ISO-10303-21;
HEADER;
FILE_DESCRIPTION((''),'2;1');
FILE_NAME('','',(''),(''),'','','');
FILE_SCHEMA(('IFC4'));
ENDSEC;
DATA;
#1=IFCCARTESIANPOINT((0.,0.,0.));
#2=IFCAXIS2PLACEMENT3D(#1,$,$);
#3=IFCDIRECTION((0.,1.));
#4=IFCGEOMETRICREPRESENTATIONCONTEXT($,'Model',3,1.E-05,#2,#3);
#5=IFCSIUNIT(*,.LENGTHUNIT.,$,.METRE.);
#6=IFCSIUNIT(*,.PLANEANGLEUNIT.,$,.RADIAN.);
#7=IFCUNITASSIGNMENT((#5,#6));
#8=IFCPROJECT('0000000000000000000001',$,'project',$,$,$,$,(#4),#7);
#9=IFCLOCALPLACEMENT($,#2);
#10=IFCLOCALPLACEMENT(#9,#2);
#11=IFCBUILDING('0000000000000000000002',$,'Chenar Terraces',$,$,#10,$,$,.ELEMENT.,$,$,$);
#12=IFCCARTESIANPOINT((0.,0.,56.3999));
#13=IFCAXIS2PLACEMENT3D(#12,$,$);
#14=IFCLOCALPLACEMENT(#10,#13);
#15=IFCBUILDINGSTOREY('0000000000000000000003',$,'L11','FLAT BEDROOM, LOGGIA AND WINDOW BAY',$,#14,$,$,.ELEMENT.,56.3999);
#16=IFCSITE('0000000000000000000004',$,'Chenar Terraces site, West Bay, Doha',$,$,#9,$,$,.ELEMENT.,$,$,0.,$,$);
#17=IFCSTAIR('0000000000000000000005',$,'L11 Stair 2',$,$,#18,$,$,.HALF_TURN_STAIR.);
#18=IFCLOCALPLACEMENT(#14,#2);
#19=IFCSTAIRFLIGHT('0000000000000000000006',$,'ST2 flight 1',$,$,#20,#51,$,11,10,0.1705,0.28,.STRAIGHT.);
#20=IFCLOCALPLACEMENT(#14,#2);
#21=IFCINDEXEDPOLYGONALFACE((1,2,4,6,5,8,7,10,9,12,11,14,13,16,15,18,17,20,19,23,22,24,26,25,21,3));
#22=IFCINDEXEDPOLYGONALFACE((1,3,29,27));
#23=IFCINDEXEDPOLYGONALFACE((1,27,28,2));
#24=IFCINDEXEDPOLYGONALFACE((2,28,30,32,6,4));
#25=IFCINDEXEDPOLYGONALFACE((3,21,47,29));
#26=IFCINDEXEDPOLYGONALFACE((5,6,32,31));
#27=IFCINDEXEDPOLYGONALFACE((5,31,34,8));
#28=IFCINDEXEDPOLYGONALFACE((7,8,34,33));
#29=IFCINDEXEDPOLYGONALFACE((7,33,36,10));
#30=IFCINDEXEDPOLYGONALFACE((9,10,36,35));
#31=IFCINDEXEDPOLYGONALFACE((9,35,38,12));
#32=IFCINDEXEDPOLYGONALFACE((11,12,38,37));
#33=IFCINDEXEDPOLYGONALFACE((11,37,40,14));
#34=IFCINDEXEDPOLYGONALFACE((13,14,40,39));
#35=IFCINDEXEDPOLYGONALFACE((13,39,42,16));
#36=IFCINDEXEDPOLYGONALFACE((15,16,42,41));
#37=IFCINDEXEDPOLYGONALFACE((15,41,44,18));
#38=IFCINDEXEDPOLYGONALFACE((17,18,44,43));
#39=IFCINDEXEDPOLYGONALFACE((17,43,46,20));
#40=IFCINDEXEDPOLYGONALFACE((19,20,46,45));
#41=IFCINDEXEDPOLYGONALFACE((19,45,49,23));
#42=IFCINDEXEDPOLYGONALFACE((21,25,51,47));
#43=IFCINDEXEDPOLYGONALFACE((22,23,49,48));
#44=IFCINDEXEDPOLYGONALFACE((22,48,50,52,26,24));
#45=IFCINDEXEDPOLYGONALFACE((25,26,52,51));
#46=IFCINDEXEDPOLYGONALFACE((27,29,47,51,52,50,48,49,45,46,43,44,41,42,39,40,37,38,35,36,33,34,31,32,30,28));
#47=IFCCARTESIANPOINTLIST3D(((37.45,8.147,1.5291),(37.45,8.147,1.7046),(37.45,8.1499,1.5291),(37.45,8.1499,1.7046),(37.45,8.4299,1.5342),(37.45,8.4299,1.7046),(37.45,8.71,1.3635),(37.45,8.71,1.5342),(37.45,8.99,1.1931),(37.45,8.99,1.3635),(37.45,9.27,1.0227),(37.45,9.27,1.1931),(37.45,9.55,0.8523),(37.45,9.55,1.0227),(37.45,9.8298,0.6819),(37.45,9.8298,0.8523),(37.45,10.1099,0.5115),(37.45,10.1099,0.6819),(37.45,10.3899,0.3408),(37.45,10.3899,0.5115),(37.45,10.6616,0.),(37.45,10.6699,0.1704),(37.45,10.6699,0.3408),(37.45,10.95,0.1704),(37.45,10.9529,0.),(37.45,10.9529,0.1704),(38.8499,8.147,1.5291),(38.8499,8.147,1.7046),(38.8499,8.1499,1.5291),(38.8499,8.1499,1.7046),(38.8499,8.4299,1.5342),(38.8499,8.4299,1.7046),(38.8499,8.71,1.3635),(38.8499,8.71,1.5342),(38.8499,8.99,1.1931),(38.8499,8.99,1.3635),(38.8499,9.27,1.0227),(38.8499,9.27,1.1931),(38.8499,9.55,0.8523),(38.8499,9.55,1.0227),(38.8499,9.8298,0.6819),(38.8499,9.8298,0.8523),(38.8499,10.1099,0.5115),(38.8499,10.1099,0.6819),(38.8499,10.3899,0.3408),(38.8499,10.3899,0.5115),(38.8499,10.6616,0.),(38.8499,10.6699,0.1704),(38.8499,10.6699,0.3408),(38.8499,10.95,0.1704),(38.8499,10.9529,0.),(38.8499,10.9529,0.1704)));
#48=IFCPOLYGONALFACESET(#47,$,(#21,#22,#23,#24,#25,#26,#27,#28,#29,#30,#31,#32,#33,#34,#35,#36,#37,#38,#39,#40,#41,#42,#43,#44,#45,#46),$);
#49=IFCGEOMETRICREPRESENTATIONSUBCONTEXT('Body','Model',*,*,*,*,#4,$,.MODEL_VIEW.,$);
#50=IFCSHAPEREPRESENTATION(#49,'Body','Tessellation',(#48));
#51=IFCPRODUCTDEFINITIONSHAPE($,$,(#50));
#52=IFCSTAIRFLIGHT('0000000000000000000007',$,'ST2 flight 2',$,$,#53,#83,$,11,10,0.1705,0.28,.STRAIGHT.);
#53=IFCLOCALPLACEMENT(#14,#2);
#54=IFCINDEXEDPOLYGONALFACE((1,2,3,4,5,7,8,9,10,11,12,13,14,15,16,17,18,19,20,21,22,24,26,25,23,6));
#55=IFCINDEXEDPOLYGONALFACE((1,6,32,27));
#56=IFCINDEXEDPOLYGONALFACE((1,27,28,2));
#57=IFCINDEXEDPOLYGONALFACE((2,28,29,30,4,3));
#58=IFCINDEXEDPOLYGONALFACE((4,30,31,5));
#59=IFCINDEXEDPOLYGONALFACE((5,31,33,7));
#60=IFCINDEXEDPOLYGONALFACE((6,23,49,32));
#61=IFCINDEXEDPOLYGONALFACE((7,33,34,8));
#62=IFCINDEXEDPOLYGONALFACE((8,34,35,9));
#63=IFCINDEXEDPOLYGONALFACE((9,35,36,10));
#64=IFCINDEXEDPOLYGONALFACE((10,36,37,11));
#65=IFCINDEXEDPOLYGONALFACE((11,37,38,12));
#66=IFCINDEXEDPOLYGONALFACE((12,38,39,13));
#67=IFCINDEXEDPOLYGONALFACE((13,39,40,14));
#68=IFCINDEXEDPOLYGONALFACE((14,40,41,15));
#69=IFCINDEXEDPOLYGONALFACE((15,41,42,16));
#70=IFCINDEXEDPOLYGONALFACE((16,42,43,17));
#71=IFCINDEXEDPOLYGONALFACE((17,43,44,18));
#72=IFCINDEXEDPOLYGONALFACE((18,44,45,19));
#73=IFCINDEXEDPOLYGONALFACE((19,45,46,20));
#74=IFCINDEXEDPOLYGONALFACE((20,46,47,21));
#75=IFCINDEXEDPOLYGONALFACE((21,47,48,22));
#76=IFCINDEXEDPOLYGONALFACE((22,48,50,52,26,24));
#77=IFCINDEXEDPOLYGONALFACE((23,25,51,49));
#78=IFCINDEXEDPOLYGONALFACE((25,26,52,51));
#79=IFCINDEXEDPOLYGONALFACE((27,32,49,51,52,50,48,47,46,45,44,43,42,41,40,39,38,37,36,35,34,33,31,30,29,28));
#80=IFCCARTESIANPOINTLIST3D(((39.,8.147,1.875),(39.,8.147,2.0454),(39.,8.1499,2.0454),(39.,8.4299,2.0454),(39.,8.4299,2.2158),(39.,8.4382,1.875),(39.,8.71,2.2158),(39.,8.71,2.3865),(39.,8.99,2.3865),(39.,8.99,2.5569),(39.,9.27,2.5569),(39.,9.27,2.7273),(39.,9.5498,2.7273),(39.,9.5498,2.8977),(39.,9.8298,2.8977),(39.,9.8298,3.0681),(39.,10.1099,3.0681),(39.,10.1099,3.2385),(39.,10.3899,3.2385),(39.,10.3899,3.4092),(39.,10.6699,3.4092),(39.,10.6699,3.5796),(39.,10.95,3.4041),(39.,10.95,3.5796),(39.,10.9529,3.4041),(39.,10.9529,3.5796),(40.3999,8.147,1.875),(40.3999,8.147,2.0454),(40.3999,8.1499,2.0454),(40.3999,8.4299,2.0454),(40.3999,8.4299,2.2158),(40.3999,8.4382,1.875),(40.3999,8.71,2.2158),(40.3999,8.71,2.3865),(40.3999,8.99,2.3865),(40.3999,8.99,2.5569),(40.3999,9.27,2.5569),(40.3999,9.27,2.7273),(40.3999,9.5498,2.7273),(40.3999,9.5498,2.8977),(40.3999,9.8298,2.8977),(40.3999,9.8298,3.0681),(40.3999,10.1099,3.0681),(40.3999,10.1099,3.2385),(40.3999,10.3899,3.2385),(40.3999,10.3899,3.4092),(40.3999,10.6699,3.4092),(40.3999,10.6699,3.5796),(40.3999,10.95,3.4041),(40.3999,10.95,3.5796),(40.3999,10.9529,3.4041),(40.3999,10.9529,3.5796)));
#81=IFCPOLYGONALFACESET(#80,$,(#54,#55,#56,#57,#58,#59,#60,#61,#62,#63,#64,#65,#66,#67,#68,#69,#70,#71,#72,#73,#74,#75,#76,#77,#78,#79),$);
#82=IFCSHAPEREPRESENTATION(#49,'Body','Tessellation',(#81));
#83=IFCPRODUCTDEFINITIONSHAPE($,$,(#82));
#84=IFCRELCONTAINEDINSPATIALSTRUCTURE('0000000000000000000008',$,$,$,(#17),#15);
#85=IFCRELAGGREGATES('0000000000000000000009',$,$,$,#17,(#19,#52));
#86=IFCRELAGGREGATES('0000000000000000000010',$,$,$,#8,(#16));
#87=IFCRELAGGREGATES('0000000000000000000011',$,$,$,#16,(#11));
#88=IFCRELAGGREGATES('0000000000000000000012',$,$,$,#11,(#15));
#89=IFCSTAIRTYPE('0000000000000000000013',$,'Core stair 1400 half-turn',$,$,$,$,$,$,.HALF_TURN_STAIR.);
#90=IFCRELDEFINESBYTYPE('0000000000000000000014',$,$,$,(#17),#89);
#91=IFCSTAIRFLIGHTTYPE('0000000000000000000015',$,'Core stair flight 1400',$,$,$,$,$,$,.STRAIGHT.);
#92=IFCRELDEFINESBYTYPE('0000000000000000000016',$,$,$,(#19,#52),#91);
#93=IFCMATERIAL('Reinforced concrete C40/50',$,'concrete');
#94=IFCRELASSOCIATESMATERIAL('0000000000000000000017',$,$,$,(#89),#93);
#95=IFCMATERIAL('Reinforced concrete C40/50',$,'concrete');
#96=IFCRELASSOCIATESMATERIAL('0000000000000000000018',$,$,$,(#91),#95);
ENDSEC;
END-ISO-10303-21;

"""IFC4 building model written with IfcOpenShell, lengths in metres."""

from ifc_helpers import new_model, si_unit, direction, frame, origin, place, context, subcontext, project, spatial, polyline, outline, extrude, material, type_object, element, aggregate, save


model = new_model("IFC4")

# Units and contexts
model_context = context("Model", 3, precision=1e-05, world=origin(), true_north=direction((0.0, 1.0)))
body_context = subcontext(model_context, "Body", "Model", "MODEL_VIEW")
ifc_project = project(units=[si_unit("LENGTHUNIT", "METRE"), si_unit("PLANEANGLEUNIT", "RADIAN")], contexts=[model_context])

# Site, building, storey
site_placement = place(None, origin())
site = spatial("IfcSite", under=ifc_project, at=site_placement, Name="Chenar Terraces site, West Bay, Doha", CompositionType="ELEMENT", RefElevation=0.0)
building_placement = place(site_placement, origin())
building = spatial("IfcBuilding", under=site, at=building_placement, Name="Chenar Terraces", CompositionType="ELEMENT")
storey_placement = place(building_placement, frame((0.0, 0.0, 56.3999)))
storey = spatial("IfcBuildingStorey", under=building, at=storey_placement, Name="L11", Description="FLAT BEDROOM, LOGGIA AND WINDOW BAY", CompositionType="ELEMENT", Elevation=56.3999)

# Stair, stair flights
ifc_material_1 = material(Name="Reinforced concrete C40/50", Category="concrete")
stair_type = type_object("IfcStairType", Name="Core stair 1400 half-turn", PredefinedType="HALF_TURN_STAIR", material=ifc_material_1)
stair_placement = place(storey_placement, origin())
stair = element("IfcStair", 1, at=stair_placement, inside=storey, type_object=stair_type, Name="L11 Stair 2", PredefinedType="HALF_TURN_STAIR")
ifc_material_2 = material(Name="Reinforced concrete C40/50", Category="concrete")
stair_flight_type = type_object("IfcStairFlightType", Name="Core stair flight 1400", PredefinedType="STRAIGHT", material=ifc_material_2)
stair_flight_1_placement = place(storey_placement, frame((38.1499, 10.95, 0.0), z_axis=(0.0, 0.0, 1.0), x_axis=(0.0, -1.0, 0.0)))
stair_flight_1 = element("IfcStairFlight", 2, at=stair_flight_1_placement, type_object=stair_flight_type, Name="ST2 flight 1", NumberOfRisers=11, NumberOfTreads=10, PredefinedType="STRAIGHT", RiserHeight=0.1705, TreadLength=0.28, context=body_context, shape_type="SweptSolid", body=[
    extrude(outline(polyline([(-0.0029, 0.0), (-0.0029, 0.1704), (0.0, 0.1704), (0.28, 0.1704), (0.28, 0.3408), (0.5601, 0.3408), (0.5601, 0.5115), (0.8401, 0.5115), (0.8401, 0.6819), (1.1201, 0.6819), (1.1201, 0.8523), (1.3999, 0.8523), (1.3999, 1.0227), (1.6799, 1.0227), (1.6799, 1.1931), (1.96, 1.1931), (1.96, 1.3635), (2.24, 1.3635), (2.24, 1.5342), (2.52, 1.5342), (2.52, 1.7046), (2.8, 1.7046), (2.803, 1.7046), (2.803, 1.5291), (2.8, 1.5291), (0.2883, 0.0), (-0.0029, 0.0)])), frame((0.0, 0.7, 0.0), z_axis=(0.0, -1.0, 0.0), x_axis=(1.0, 0.0, 0.0)), (0.0, 0.0, 1.0), 1.3999),
])
stair_flight_2_placement = place(storey_placement, frame((39.7, 8.1499, 1.875), z_axis=(0.0, 0.0, 1.0), x_axis=(0.0, 1.0, 0.0)))
stair_flight_2 = element("IfcStairFlight", 3, at=stair_flight_2_placement, type_object=stair_flight_type, Name="ST2 flight 2", NumberOfRisers=11, NumberOfTreads=10, PredefinedType="STRAIGHT", RiserHeight=0.1705, TreadLength=0.28, context=body_context, shape_type="SweptSolid", body=[
    extrude(outline(polyline([(-0.0029, 0.0), (-0.0029, 0.1704), (0.0, 0.1704), (0.28, 0.1704), (0.28, 0.3408), (0.5601, 0.3408), (0.5601, 0.5115), (0.8401, 0.5115), (0.8401, 0.6819), (1.1201, 0.6819), (1.1201, 0.8523), (1.3999, 0.8523), (1.3999, 1.0227), (1.6799, 1.0227), (1.6799, 1.1931), (1.96, 1.1931), (1.96, 1.3635), (2.24, 1.3635), (2.24, 1.5342), (2.52, 1.5342), (2.52, 1.7046), (2.8, 1.7046), (2.803, 1.7046), (2.803, 1.5291), (2.8, 1.5291), (0.2883, 0.0), (-0.0029, 0.0)])), frame((0.0, 0.7, 0.0), z_axis=(0.0, -1.0, 0.0), x_axis=(1.0, 0.0, 0.0)), (0.0, 0.0, 1.0), 1.3999),
])
aggregate(stair, [stair_flight_1, stair_flight_2])

save(model, "model.ifc")
